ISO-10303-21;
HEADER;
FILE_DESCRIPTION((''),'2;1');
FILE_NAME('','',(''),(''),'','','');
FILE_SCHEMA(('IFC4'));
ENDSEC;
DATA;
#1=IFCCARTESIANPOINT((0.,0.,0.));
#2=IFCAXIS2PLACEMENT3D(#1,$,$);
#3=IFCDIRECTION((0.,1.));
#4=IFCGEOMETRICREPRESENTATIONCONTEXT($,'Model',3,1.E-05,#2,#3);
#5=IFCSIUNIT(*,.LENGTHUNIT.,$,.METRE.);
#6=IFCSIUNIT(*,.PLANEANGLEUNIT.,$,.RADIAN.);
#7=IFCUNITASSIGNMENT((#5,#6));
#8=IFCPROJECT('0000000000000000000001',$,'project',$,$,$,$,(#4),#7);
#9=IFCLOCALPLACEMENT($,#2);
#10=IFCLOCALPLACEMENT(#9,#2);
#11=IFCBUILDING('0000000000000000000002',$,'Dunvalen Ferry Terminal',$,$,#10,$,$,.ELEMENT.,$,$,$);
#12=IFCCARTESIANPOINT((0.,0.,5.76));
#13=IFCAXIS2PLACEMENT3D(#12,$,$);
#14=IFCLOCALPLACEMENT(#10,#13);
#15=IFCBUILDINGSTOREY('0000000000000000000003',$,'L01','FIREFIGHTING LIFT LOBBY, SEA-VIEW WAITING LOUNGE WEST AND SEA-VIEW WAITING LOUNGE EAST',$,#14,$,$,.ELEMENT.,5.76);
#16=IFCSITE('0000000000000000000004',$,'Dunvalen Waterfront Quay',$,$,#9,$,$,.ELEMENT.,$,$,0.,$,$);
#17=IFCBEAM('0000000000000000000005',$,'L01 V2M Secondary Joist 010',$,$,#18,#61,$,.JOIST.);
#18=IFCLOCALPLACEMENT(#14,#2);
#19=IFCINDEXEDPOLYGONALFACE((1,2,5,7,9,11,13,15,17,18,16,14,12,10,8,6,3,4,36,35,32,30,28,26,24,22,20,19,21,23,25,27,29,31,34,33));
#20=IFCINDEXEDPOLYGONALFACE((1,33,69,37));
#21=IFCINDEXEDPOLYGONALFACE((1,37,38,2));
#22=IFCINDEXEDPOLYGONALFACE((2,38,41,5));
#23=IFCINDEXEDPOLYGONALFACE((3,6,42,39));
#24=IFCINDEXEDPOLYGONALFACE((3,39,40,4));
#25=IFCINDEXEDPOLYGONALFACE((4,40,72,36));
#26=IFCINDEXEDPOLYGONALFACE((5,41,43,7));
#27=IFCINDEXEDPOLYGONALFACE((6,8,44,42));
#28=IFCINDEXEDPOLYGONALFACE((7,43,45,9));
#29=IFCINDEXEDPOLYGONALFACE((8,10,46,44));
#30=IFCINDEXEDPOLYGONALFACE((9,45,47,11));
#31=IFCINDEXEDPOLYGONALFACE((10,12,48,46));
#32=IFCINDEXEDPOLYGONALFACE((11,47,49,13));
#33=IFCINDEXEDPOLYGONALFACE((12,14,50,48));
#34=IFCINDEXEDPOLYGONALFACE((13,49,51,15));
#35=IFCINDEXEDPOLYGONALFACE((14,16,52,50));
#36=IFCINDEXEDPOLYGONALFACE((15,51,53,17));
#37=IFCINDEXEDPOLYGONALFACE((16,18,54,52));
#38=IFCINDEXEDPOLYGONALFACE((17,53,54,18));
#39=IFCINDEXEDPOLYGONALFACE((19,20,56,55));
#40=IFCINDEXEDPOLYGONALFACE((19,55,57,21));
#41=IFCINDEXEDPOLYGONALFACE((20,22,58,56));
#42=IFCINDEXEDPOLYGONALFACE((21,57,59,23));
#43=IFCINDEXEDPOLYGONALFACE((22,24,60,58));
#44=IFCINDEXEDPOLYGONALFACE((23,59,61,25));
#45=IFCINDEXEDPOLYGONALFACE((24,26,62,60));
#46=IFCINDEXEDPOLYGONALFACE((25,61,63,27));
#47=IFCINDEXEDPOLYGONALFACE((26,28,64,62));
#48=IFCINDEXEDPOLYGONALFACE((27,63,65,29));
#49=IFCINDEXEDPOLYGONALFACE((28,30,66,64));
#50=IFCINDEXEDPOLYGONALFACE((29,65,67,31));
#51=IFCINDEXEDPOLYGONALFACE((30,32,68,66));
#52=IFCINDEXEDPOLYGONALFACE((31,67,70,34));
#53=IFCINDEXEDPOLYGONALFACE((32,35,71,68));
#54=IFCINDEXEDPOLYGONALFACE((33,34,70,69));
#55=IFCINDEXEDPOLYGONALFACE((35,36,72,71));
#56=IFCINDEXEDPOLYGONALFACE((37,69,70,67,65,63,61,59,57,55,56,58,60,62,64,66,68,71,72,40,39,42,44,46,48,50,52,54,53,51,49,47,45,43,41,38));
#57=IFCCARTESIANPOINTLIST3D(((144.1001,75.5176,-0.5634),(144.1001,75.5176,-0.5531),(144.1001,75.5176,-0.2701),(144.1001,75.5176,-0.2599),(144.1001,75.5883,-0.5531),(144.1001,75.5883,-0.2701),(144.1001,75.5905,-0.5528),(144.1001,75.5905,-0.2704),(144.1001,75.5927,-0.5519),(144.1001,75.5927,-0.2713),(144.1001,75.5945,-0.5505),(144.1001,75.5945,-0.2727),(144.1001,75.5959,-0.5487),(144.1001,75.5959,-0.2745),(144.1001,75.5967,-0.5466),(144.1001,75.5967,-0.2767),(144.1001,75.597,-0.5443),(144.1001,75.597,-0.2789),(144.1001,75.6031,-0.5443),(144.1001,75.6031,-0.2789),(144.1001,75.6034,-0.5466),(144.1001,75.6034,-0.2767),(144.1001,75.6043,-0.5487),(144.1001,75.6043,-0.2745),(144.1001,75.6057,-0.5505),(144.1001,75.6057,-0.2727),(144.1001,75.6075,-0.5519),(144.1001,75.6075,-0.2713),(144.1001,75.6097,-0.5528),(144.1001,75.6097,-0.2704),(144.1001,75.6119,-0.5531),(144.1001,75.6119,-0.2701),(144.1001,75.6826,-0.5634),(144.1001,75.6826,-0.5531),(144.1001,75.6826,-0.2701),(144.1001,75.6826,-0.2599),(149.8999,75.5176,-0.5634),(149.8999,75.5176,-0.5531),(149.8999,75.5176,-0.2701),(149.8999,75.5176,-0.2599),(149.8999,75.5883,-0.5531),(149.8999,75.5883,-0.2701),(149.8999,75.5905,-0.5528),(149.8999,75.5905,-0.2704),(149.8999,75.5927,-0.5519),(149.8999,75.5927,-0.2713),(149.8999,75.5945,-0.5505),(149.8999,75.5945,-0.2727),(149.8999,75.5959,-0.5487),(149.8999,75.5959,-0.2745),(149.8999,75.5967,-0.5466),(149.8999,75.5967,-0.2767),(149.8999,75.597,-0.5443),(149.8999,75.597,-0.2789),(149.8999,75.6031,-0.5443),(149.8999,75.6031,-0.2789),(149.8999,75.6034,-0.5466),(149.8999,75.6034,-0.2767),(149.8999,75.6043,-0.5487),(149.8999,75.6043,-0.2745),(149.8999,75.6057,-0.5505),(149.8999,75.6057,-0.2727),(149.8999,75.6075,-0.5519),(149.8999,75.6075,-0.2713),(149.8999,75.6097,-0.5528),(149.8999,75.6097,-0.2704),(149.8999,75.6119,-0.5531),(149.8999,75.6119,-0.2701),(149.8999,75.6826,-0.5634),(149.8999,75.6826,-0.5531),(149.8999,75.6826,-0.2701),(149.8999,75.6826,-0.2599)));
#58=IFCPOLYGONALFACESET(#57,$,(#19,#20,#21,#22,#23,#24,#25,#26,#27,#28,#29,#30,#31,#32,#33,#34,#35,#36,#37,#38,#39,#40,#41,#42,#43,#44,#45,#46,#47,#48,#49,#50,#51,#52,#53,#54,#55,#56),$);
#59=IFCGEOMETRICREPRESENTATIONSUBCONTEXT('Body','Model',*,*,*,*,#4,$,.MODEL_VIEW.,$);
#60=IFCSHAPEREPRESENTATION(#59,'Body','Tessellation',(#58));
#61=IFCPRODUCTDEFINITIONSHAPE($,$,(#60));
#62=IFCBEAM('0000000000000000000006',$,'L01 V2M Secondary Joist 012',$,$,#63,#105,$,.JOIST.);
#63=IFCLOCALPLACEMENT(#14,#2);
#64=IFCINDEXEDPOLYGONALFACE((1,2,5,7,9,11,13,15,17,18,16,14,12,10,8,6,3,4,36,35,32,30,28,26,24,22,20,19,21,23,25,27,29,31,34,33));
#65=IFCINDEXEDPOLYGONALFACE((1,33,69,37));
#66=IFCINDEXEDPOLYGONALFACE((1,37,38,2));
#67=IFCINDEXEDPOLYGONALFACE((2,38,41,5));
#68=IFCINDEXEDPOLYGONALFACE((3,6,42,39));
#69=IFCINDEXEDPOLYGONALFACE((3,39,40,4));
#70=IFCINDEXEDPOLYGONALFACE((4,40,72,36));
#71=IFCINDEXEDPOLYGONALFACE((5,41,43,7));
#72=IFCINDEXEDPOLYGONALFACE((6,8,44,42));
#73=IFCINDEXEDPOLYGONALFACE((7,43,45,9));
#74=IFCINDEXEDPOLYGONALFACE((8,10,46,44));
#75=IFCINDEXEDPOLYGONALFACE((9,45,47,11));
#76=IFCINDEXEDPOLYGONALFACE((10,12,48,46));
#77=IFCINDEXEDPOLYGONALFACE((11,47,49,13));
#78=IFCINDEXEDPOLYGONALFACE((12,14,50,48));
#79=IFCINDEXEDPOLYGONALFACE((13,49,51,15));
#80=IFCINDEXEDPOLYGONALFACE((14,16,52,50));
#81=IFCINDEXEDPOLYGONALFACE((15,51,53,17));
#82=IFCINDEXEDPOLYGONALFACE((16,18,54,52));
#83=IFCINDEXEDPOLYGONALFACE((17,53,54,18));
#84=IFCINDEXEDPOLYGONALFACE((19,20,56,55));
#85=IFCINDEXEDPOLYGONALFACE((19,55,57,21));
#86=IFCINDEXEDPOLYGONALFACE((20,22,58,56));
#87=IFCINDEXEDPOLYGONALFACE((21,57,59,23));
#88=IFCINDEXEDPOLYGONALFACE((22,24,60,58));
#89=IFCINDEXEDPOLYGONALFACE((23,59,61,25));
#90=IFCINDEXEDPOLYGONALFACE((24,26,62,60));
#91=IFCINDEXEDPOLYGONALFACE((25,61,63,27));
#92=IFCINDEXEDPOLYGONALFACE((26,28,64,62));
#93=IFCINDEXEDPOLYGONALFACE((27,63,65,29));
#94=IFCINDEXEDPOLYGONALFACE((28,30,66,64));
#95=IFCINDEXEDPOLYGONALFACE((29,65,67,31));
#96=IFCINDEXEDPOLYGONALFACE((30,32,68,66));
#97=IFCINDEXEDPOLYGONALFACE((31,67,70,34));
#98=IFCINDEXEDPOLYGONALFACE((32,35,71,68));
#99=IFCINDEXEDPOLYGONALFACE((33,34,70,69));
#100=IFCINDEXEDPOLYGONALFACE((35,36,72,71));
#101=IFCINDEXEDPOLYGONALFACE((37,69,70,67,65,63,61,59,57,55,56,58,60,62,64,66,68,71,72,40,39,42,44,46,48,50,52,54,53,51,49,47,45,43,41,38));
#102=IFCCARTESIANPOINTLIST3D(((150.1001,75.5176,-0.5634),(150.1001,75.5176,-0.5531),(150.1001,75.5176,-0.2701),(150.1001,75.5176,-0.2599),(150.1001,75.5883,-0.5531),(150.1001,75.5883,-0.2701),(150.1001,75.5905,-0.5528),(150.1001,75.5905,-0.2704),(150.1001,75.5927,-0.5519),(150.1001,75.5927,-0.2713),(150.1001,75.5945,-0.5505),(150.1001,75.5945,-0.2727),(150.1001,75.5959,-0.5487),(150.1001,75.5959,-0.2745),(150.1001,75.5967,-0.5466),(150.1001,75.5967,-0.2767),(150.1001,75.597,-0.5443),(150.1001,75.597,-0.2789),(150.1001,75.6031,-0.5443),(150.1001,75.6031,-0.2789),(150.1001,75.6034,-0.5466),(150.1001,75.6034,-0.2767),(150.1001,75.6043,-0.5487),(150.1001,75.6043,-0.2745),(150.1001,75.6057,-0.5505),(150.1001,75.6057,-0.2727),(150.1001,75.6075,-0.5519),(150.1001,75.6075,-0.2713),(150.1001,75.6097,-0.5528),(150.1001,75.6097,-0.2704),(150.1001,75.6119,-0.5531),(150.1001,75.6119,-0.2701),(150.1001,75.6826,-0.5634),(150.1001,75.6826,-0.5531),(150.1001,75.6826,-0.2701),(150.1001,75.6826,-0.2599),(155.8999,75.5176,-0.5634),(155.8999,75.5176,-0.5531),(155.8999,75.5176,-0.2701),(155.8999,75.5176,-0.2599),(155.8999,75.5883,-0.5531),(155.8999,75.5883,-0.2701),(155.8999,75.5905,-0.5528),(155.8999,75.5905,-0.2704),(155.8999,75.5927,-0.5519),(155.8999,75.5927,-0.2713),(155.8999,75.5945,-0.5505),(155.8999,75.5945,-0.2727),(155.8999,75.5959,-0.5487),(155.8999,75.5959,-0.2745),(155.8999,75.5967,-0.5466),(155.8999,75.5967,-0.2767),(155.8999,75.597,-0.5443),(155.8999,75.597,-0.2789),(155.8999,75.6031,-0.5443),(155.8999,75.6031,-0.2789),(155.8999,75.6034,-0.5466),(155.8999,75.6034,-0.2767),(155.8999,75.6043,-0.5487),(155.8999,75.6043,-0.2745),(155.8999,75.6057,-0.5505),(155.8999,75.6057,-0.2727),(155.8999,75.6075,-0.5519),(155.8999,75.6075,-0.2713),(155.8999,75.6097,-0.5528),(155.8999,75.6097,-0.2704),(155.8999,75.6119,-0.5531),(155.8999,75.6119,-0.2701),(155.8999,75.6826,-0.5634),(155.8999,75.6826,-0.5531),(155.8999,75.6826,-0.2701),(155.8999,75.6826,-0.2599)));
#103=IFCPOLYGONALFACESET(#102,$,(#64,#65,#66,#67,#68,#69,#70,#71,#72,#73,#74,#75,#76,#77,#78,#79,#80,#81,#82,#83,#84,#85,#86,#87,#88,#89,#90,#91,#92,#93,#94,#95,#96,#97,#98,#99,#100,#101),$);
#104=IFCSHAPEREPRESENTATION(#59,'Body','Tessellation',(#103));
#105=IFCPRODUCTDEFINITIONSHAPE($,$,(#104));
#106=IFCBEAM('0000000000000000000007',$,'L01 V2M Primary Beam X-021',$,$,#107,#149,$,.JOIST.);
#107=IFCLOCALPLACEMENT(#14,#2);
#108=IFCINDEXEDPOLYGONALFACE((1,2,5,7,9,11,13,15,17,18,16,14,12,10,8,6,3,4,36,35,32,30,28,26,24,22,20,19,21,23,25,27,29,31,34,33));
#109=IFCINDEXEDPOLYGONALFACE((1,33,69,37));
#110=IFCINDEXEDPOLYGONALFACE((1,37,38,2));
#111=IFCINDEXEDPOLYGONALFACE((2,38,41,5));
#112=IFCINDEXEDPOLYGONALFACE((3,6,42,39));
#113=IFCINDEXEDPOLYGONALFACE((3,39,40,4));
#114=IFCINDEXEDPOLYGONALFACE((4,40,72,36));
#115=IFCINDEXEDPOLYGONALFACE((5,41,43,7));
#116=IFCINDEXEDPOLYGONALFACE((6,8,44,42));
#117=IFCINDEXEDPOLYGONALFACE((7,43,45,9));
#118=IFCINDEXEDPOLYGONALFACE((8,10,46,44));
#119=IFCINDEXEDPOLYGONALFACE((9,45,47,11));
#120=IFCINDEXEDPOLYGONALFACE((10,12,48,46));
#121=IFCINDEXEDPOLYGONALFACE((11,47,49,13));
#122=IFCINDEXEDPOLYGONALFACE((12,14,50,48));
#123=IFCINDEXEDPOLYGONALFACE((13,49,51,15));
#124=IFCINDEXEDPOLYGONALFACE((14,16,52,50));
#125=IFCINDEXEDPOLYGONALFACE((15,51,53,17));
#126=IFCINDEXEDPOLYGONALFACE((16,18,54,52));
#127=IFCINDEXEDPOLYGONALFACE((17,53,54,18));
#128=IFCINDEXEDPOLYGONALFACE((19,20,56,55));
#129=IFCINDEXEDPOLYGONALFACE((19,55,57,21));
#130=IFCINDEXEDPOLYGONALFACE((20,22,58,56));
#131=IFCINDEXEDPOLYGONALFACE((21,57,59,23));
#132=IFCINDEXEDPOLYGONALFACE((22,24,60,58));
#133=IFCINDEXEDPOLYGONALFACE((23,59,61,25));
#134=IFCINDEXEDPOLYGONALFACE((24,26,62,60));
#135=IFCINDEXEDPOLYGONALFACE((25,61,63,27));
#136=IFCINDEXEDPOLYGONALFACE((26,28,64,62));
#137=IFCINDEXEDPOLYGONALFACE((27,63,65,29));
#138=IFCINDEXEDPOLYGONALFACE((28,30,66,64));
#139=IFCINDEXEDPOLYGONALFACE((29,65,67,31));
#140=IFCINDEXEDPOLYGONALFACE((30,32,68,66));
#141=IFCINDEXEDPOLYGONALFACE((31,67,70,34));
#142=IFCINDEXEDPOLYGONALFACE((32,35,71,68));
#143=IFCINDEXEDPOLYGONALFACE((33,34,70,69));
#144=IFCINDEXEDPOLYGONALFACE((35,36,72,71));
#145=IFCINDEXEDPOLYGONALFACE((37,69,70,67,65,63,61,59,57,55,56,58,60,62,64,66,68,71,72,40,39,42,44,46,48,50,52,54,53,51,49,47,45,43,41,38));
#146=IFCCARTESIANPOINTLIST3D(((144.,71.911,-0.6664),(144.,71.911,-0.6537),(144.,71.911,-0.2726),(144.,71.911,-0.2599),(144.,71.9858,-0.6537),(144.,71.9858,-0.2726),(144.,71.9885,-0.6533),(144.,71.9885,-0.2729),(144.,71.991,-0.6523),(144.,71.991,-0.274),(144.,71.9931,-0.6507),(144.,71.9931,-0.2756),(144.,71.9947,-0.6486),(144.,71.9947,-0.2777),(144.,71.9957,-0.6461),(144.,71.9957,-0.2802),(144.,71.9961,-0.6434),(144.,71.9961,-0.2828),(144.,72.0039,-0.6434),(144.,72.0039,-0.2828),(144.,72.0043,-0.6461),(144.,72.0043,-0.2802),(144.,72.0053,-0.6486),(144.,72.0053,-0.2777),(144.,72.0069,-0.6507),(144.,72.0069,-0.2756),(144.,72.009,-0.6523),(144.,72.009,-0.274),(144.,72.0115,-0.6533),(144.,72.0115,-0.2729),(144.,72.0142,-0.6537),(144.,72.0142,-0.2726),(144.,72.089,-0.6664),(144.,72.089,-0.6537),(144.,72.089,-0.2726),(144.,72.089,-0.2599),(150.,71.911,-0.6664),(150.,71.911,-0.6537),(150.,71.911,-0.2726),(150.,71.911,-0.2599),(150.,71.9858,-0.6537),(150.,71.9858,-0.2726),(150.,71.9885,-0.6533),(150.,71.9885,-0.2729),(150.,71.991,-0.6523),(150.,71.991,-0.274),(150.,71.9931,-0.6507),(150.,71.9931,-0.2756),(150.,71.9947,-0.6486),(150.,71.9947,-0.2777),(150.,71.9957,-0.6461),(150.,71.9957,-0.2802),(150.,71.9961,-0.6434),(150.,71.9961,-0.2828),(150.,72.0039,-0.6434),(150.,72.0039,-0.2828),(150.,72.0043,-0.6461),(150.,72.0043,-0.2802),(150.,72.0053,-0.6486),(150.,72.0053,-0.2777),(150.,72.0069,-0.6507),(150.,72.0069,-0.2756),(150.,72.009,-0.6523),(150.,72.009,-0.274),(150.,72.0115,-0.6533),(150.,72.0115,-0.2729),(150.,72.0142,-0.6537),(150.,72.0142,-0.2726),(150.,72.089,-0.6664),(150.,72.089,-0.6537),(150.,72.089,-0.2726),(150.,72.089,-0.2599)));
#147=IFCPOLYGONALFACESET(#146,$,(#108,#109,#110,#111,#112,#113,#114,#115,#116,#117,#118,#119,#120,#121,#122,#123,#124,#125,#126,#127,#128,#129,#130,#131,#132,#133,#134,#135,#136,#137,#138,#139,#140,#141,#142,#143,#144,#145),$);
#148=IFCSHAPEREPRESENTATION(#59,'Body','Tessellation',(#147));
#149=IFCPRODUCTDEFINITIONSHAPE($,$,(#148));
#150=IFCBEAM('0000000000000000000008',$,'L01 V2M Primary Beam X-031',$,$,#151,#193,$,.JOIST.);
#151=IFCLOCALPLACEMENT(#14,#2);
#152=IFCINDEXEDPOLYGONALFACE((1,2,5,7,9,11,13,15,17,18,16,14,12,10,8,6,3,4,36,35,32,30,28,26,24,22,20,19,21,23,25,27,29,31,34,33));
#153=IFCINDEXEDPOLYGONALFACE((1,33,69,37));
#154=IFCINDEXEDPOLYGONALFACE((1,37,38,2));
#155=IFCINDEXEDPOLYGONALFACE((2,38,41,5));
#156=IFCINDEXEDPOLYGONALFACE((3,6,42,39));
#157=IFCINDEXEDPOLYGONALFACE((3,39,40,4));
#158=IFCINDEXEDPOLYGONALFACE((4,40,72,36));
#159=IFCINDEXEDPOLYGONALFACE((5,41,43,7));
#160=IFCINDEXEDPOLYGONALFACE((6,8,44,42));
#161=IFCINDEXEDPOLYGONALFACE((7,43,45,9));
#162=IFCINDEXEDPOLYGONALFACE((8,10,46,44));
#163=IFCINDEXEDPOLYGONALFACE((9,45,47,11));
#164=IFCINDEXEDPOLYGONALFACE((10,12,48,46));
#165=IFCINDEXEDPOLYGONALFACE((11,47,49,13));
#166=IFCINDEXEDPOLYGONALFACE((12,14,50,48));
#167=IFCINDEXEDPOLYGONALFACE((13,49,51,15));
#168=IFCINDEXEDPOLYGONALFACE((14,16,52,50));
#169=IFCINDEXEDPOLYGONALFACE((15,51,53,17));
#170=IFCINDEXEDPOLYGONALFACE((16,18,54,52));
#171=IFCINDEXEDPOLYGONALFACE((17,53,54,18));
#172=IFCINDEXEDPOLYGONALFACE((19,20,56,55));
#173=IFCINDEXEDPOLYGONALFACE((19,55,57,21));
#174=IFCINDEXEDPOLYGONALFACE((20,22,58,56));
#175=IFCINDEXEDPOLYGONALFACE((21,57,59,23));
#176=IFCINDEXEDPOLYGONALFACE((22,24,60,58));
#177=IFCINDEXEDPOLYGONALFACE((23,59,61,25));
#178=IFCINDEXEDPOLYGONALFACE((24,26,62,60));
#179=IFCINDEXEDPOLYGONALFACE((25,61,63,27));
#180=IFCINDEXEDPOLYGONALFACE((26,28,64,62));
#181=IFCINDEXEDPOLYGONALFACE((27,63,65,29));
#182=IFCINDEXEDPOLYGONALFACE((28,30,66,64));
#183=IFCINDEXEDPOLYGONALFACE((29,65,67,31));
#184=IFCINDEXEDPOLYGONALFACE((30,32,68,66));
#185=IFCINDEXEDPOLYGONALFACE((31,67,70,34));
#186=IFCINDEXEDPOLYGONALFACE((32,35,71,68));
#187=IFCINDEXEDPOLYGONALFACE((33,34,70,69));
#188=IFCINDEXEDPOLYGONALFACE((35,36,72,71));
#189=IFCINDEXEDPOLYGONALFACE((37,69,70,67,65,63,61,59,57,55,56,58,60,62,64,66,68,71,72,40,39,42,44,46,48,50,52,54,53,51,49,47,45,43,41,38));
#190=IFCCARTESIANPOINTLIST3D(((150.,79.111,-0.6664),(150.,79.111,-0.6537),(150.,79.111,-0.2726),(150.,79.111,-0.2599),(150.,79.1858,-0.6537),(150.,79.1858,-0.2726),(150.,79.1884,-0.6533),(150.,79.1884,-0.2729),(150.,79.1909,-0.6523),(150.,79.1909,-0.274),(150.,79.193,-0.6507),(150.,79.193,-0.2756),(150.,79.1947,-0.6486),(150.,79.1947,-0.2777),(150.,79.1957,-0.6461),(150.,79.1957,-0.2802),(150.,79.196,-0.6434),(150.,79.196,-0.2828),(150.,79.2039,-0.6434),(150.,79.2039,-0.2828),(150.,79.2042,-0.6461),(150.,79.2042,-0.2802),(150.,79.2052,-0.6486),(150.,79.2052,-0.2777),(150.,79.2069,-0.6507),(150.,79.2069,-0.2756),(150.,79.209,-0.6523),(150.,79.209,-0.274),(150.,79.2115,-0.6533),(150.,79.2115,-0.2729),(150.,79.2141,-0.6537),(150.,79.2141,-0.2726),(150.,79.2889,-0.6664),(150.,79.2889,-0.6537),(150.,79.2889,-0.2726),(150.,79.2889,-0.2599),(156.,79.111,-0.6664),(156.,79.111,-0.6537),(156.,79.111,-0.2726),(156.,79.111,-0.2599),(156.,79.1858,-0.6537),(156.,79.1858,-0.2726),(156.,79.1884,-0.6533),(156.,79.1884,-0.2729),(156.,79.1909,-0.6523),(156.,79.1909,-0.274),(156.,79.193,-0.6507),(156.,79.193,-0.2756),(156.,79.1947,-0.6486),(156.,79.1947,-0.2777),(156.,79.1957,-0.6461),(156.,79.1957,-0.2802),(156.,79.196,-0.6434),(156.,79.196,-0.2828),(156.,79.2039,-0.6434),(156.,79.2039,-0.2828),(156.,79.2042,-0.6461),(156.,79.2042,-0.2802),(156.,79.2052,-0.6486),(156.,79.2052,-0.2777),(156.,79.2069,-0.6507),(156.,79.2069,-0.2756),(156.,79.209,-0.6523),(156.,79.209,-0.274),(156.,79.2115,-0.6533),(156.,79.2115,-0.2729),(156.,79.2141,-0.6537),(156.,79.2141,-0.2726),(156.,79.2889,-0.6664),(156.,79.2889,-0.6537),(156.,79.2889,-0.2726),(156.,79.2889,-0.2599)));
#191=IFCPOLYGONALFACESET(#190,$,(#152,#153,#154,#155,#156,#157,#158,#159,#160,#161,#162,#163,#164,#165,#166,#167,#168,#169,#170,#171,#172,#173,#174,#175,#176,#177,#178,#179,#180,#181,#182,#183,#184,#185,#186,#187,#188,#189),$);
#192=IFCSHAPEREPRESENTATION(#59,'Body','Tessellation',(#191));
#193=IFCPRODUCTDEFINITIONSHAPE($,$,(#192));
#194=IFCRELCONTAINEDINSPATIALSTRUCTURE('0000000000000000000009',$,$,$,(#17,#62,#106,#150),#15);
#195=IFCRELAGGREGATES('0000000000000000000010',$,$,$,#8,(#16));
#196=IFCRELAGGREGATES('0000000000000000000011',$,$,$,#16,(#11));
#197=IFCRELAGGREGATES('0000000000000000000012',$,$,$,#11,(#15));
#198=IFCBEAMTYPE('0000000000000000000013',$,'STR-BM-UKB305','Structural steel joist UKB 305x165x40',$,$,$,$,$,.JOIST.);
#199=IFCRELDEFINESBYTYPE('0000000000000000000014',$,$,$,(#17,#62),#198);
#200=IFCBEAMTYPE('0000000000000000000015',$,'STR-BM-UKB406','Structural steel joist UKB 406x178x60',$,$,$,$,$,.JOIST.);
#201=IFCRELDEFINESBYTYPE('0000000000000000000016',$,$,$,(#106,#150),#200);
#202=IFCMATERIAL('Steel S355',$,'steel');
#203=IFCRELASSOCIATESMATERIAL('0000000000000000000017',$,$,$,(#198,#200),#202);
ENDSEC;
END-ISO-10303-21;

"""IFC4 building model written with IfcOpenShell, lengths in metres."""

from ifc_helpers import new_model, si_unit, direction, frame, origin, origin_2d, place, context, subcontext, project, spatial, i_section, extrude, material, material_profile, profile_set, type_object, element, save


model = new_model("IFC4")

# Units and contexts
model_context = context("Model", 3, precision=1e-05, world=origin(), true_north=direction((0.0, 1.0)))
body_context = subcontext(model_context, "Body", "Model", "MODEL_VIEW")
ifc_project = project(units=[si_unit("LENGTHUNIT", "METRE"), si_unit("PLANEANGLEUNIT", "RADIAN")], contexts=[model_context])

# Site, building, storey
site_placement = place(None, origin())
site = spatial("IfcSite", under=ifc_project, at=site_placement, Name="Dunvalen Waterfront Quay", CompositionType="ELEMENT", RefElevation=0.0)
building_placement = place(site_placement, origin())
building = spatial("IfcBuilding", under=site, at=building_placement, Name="Dunvalen Ferry Terminal", CompositionType="ELEMENT")
storey_placement = place(building_placement, frame((0.0, 0.0, 5.76)))
storey = spatial("IfcBuildingStorey", under=building, at=storey_placement, Name="L01", Description="FIREFIGHTING LIFT LOBBY, SEA-VIEW WAITING LOUNGE WEST AND SEA-VIEW WAITING LOUNGE EAST", CompositionType="ELEMENT", Elevation=5.76)

# Beams
ifc_material_1 = material(Name="Steel S355", Category="steel")
ifc_material_profile_1 = material_profile(ifc_material_1, i_section(OverallWidth=0.165, OverallDepth=0.3035, WebThickness=0.0061, FlangeThickness=0.0103, FilletRadius=0.0088, at=origin_2d()), Name="Steel S355")
ifc_profile_set_1 = profile_set([ifc_material_profile_1], Name="Steel S355")
beam_type_1 = type_object("IfcBeamType", Name="STR-BM-UKB305", Description="Structural steel joist UKB 305x165x40", PredefinedType="JOIST", material=ifc_profile_set_1)
for number, where, z_axis, x_axis, name in (
    (1, (144.1001, 75.6001, -0.4116), (1.0, 0.0, 0.0), (0.0, 1.0, 0.0), "L01 V2M Secondary Joist 010"),
    (2, (150.1001, 75.6001, -0.4116), (1.0, 0.0, 0.0), (0.0, 1.0, 0.0), "L01 V2M Secondary Joist 012"),
):
    element("IfcBeam", number, at=place(storey_placement, frame(where, z_axis=z_axis, x_axis=x_axis)), inside=storey, type_object=beam_type_1, Name=name, PredefinedType="JOIST", context=body_context, shape_type="SweptSolid", body=[
        extrude(i_section(OverallWidth=0.165, OverallDepth=0.3035, WebThickness=0.0061, FlangeThickness=0.0103, FilletRadius=0.0088, at=origin_2d()), origin(), (0.0, 0.0, 1.0), 5.7998),
    ])
ifc_material_profile_2 = material_profile(ifc_material_1, i_section(OverallWidth=0.178, OverallDepth=0.4065, WebThickness=0.0078, FlangeThickness=0.0127, FilletRadius=0.0103, at=origin_2d()), Name="Steel S355")
ifc_profile_set_2 = profile_set([ifc_material_profile_2], Name="Steel S355")
beam_type_2 = type_object("IfcBeamType", Name="STR-BM-UKB406", Description="Structural steel joist UKB 406x178x60", PredefinedType="JOIST", material=ifc_profile_set_2)
for number, where, z_axis, x_axis, name in (
    (3, (144.0, 72.0, -0.4631), (1.0, 0.0, 0.0), (0.0, 1.0, 0.0), "L01 V2M Primary Beam X-021"),
    (4, (150.0, 79.2, -0.4631), (1.0, 0.0, 0.0), (0.0, 1.0, 0.0), "L01 V2M Primary Beam X-031"),
):
    element("IfcBeam", number, at=place(storey_placement, frame(where, z_axis=z_axis, x_axis=x_axis)), inside=storey, type_object=beam_type_2, Name=name, PredefinedType="JOIST", context=body_context, shape_type="SweptSolid", body=[
        extrude(i_section(OverallWidth=0.178, OverallDepth=0.4065, WebThickness=0.0078, FlangeThickness=0.0127, FilletRadius=0.0103, at=origin_2d()), origin(), (0.0, 0.0, 1.0), 6.0),
    ])

save(model, "model.ifc")
